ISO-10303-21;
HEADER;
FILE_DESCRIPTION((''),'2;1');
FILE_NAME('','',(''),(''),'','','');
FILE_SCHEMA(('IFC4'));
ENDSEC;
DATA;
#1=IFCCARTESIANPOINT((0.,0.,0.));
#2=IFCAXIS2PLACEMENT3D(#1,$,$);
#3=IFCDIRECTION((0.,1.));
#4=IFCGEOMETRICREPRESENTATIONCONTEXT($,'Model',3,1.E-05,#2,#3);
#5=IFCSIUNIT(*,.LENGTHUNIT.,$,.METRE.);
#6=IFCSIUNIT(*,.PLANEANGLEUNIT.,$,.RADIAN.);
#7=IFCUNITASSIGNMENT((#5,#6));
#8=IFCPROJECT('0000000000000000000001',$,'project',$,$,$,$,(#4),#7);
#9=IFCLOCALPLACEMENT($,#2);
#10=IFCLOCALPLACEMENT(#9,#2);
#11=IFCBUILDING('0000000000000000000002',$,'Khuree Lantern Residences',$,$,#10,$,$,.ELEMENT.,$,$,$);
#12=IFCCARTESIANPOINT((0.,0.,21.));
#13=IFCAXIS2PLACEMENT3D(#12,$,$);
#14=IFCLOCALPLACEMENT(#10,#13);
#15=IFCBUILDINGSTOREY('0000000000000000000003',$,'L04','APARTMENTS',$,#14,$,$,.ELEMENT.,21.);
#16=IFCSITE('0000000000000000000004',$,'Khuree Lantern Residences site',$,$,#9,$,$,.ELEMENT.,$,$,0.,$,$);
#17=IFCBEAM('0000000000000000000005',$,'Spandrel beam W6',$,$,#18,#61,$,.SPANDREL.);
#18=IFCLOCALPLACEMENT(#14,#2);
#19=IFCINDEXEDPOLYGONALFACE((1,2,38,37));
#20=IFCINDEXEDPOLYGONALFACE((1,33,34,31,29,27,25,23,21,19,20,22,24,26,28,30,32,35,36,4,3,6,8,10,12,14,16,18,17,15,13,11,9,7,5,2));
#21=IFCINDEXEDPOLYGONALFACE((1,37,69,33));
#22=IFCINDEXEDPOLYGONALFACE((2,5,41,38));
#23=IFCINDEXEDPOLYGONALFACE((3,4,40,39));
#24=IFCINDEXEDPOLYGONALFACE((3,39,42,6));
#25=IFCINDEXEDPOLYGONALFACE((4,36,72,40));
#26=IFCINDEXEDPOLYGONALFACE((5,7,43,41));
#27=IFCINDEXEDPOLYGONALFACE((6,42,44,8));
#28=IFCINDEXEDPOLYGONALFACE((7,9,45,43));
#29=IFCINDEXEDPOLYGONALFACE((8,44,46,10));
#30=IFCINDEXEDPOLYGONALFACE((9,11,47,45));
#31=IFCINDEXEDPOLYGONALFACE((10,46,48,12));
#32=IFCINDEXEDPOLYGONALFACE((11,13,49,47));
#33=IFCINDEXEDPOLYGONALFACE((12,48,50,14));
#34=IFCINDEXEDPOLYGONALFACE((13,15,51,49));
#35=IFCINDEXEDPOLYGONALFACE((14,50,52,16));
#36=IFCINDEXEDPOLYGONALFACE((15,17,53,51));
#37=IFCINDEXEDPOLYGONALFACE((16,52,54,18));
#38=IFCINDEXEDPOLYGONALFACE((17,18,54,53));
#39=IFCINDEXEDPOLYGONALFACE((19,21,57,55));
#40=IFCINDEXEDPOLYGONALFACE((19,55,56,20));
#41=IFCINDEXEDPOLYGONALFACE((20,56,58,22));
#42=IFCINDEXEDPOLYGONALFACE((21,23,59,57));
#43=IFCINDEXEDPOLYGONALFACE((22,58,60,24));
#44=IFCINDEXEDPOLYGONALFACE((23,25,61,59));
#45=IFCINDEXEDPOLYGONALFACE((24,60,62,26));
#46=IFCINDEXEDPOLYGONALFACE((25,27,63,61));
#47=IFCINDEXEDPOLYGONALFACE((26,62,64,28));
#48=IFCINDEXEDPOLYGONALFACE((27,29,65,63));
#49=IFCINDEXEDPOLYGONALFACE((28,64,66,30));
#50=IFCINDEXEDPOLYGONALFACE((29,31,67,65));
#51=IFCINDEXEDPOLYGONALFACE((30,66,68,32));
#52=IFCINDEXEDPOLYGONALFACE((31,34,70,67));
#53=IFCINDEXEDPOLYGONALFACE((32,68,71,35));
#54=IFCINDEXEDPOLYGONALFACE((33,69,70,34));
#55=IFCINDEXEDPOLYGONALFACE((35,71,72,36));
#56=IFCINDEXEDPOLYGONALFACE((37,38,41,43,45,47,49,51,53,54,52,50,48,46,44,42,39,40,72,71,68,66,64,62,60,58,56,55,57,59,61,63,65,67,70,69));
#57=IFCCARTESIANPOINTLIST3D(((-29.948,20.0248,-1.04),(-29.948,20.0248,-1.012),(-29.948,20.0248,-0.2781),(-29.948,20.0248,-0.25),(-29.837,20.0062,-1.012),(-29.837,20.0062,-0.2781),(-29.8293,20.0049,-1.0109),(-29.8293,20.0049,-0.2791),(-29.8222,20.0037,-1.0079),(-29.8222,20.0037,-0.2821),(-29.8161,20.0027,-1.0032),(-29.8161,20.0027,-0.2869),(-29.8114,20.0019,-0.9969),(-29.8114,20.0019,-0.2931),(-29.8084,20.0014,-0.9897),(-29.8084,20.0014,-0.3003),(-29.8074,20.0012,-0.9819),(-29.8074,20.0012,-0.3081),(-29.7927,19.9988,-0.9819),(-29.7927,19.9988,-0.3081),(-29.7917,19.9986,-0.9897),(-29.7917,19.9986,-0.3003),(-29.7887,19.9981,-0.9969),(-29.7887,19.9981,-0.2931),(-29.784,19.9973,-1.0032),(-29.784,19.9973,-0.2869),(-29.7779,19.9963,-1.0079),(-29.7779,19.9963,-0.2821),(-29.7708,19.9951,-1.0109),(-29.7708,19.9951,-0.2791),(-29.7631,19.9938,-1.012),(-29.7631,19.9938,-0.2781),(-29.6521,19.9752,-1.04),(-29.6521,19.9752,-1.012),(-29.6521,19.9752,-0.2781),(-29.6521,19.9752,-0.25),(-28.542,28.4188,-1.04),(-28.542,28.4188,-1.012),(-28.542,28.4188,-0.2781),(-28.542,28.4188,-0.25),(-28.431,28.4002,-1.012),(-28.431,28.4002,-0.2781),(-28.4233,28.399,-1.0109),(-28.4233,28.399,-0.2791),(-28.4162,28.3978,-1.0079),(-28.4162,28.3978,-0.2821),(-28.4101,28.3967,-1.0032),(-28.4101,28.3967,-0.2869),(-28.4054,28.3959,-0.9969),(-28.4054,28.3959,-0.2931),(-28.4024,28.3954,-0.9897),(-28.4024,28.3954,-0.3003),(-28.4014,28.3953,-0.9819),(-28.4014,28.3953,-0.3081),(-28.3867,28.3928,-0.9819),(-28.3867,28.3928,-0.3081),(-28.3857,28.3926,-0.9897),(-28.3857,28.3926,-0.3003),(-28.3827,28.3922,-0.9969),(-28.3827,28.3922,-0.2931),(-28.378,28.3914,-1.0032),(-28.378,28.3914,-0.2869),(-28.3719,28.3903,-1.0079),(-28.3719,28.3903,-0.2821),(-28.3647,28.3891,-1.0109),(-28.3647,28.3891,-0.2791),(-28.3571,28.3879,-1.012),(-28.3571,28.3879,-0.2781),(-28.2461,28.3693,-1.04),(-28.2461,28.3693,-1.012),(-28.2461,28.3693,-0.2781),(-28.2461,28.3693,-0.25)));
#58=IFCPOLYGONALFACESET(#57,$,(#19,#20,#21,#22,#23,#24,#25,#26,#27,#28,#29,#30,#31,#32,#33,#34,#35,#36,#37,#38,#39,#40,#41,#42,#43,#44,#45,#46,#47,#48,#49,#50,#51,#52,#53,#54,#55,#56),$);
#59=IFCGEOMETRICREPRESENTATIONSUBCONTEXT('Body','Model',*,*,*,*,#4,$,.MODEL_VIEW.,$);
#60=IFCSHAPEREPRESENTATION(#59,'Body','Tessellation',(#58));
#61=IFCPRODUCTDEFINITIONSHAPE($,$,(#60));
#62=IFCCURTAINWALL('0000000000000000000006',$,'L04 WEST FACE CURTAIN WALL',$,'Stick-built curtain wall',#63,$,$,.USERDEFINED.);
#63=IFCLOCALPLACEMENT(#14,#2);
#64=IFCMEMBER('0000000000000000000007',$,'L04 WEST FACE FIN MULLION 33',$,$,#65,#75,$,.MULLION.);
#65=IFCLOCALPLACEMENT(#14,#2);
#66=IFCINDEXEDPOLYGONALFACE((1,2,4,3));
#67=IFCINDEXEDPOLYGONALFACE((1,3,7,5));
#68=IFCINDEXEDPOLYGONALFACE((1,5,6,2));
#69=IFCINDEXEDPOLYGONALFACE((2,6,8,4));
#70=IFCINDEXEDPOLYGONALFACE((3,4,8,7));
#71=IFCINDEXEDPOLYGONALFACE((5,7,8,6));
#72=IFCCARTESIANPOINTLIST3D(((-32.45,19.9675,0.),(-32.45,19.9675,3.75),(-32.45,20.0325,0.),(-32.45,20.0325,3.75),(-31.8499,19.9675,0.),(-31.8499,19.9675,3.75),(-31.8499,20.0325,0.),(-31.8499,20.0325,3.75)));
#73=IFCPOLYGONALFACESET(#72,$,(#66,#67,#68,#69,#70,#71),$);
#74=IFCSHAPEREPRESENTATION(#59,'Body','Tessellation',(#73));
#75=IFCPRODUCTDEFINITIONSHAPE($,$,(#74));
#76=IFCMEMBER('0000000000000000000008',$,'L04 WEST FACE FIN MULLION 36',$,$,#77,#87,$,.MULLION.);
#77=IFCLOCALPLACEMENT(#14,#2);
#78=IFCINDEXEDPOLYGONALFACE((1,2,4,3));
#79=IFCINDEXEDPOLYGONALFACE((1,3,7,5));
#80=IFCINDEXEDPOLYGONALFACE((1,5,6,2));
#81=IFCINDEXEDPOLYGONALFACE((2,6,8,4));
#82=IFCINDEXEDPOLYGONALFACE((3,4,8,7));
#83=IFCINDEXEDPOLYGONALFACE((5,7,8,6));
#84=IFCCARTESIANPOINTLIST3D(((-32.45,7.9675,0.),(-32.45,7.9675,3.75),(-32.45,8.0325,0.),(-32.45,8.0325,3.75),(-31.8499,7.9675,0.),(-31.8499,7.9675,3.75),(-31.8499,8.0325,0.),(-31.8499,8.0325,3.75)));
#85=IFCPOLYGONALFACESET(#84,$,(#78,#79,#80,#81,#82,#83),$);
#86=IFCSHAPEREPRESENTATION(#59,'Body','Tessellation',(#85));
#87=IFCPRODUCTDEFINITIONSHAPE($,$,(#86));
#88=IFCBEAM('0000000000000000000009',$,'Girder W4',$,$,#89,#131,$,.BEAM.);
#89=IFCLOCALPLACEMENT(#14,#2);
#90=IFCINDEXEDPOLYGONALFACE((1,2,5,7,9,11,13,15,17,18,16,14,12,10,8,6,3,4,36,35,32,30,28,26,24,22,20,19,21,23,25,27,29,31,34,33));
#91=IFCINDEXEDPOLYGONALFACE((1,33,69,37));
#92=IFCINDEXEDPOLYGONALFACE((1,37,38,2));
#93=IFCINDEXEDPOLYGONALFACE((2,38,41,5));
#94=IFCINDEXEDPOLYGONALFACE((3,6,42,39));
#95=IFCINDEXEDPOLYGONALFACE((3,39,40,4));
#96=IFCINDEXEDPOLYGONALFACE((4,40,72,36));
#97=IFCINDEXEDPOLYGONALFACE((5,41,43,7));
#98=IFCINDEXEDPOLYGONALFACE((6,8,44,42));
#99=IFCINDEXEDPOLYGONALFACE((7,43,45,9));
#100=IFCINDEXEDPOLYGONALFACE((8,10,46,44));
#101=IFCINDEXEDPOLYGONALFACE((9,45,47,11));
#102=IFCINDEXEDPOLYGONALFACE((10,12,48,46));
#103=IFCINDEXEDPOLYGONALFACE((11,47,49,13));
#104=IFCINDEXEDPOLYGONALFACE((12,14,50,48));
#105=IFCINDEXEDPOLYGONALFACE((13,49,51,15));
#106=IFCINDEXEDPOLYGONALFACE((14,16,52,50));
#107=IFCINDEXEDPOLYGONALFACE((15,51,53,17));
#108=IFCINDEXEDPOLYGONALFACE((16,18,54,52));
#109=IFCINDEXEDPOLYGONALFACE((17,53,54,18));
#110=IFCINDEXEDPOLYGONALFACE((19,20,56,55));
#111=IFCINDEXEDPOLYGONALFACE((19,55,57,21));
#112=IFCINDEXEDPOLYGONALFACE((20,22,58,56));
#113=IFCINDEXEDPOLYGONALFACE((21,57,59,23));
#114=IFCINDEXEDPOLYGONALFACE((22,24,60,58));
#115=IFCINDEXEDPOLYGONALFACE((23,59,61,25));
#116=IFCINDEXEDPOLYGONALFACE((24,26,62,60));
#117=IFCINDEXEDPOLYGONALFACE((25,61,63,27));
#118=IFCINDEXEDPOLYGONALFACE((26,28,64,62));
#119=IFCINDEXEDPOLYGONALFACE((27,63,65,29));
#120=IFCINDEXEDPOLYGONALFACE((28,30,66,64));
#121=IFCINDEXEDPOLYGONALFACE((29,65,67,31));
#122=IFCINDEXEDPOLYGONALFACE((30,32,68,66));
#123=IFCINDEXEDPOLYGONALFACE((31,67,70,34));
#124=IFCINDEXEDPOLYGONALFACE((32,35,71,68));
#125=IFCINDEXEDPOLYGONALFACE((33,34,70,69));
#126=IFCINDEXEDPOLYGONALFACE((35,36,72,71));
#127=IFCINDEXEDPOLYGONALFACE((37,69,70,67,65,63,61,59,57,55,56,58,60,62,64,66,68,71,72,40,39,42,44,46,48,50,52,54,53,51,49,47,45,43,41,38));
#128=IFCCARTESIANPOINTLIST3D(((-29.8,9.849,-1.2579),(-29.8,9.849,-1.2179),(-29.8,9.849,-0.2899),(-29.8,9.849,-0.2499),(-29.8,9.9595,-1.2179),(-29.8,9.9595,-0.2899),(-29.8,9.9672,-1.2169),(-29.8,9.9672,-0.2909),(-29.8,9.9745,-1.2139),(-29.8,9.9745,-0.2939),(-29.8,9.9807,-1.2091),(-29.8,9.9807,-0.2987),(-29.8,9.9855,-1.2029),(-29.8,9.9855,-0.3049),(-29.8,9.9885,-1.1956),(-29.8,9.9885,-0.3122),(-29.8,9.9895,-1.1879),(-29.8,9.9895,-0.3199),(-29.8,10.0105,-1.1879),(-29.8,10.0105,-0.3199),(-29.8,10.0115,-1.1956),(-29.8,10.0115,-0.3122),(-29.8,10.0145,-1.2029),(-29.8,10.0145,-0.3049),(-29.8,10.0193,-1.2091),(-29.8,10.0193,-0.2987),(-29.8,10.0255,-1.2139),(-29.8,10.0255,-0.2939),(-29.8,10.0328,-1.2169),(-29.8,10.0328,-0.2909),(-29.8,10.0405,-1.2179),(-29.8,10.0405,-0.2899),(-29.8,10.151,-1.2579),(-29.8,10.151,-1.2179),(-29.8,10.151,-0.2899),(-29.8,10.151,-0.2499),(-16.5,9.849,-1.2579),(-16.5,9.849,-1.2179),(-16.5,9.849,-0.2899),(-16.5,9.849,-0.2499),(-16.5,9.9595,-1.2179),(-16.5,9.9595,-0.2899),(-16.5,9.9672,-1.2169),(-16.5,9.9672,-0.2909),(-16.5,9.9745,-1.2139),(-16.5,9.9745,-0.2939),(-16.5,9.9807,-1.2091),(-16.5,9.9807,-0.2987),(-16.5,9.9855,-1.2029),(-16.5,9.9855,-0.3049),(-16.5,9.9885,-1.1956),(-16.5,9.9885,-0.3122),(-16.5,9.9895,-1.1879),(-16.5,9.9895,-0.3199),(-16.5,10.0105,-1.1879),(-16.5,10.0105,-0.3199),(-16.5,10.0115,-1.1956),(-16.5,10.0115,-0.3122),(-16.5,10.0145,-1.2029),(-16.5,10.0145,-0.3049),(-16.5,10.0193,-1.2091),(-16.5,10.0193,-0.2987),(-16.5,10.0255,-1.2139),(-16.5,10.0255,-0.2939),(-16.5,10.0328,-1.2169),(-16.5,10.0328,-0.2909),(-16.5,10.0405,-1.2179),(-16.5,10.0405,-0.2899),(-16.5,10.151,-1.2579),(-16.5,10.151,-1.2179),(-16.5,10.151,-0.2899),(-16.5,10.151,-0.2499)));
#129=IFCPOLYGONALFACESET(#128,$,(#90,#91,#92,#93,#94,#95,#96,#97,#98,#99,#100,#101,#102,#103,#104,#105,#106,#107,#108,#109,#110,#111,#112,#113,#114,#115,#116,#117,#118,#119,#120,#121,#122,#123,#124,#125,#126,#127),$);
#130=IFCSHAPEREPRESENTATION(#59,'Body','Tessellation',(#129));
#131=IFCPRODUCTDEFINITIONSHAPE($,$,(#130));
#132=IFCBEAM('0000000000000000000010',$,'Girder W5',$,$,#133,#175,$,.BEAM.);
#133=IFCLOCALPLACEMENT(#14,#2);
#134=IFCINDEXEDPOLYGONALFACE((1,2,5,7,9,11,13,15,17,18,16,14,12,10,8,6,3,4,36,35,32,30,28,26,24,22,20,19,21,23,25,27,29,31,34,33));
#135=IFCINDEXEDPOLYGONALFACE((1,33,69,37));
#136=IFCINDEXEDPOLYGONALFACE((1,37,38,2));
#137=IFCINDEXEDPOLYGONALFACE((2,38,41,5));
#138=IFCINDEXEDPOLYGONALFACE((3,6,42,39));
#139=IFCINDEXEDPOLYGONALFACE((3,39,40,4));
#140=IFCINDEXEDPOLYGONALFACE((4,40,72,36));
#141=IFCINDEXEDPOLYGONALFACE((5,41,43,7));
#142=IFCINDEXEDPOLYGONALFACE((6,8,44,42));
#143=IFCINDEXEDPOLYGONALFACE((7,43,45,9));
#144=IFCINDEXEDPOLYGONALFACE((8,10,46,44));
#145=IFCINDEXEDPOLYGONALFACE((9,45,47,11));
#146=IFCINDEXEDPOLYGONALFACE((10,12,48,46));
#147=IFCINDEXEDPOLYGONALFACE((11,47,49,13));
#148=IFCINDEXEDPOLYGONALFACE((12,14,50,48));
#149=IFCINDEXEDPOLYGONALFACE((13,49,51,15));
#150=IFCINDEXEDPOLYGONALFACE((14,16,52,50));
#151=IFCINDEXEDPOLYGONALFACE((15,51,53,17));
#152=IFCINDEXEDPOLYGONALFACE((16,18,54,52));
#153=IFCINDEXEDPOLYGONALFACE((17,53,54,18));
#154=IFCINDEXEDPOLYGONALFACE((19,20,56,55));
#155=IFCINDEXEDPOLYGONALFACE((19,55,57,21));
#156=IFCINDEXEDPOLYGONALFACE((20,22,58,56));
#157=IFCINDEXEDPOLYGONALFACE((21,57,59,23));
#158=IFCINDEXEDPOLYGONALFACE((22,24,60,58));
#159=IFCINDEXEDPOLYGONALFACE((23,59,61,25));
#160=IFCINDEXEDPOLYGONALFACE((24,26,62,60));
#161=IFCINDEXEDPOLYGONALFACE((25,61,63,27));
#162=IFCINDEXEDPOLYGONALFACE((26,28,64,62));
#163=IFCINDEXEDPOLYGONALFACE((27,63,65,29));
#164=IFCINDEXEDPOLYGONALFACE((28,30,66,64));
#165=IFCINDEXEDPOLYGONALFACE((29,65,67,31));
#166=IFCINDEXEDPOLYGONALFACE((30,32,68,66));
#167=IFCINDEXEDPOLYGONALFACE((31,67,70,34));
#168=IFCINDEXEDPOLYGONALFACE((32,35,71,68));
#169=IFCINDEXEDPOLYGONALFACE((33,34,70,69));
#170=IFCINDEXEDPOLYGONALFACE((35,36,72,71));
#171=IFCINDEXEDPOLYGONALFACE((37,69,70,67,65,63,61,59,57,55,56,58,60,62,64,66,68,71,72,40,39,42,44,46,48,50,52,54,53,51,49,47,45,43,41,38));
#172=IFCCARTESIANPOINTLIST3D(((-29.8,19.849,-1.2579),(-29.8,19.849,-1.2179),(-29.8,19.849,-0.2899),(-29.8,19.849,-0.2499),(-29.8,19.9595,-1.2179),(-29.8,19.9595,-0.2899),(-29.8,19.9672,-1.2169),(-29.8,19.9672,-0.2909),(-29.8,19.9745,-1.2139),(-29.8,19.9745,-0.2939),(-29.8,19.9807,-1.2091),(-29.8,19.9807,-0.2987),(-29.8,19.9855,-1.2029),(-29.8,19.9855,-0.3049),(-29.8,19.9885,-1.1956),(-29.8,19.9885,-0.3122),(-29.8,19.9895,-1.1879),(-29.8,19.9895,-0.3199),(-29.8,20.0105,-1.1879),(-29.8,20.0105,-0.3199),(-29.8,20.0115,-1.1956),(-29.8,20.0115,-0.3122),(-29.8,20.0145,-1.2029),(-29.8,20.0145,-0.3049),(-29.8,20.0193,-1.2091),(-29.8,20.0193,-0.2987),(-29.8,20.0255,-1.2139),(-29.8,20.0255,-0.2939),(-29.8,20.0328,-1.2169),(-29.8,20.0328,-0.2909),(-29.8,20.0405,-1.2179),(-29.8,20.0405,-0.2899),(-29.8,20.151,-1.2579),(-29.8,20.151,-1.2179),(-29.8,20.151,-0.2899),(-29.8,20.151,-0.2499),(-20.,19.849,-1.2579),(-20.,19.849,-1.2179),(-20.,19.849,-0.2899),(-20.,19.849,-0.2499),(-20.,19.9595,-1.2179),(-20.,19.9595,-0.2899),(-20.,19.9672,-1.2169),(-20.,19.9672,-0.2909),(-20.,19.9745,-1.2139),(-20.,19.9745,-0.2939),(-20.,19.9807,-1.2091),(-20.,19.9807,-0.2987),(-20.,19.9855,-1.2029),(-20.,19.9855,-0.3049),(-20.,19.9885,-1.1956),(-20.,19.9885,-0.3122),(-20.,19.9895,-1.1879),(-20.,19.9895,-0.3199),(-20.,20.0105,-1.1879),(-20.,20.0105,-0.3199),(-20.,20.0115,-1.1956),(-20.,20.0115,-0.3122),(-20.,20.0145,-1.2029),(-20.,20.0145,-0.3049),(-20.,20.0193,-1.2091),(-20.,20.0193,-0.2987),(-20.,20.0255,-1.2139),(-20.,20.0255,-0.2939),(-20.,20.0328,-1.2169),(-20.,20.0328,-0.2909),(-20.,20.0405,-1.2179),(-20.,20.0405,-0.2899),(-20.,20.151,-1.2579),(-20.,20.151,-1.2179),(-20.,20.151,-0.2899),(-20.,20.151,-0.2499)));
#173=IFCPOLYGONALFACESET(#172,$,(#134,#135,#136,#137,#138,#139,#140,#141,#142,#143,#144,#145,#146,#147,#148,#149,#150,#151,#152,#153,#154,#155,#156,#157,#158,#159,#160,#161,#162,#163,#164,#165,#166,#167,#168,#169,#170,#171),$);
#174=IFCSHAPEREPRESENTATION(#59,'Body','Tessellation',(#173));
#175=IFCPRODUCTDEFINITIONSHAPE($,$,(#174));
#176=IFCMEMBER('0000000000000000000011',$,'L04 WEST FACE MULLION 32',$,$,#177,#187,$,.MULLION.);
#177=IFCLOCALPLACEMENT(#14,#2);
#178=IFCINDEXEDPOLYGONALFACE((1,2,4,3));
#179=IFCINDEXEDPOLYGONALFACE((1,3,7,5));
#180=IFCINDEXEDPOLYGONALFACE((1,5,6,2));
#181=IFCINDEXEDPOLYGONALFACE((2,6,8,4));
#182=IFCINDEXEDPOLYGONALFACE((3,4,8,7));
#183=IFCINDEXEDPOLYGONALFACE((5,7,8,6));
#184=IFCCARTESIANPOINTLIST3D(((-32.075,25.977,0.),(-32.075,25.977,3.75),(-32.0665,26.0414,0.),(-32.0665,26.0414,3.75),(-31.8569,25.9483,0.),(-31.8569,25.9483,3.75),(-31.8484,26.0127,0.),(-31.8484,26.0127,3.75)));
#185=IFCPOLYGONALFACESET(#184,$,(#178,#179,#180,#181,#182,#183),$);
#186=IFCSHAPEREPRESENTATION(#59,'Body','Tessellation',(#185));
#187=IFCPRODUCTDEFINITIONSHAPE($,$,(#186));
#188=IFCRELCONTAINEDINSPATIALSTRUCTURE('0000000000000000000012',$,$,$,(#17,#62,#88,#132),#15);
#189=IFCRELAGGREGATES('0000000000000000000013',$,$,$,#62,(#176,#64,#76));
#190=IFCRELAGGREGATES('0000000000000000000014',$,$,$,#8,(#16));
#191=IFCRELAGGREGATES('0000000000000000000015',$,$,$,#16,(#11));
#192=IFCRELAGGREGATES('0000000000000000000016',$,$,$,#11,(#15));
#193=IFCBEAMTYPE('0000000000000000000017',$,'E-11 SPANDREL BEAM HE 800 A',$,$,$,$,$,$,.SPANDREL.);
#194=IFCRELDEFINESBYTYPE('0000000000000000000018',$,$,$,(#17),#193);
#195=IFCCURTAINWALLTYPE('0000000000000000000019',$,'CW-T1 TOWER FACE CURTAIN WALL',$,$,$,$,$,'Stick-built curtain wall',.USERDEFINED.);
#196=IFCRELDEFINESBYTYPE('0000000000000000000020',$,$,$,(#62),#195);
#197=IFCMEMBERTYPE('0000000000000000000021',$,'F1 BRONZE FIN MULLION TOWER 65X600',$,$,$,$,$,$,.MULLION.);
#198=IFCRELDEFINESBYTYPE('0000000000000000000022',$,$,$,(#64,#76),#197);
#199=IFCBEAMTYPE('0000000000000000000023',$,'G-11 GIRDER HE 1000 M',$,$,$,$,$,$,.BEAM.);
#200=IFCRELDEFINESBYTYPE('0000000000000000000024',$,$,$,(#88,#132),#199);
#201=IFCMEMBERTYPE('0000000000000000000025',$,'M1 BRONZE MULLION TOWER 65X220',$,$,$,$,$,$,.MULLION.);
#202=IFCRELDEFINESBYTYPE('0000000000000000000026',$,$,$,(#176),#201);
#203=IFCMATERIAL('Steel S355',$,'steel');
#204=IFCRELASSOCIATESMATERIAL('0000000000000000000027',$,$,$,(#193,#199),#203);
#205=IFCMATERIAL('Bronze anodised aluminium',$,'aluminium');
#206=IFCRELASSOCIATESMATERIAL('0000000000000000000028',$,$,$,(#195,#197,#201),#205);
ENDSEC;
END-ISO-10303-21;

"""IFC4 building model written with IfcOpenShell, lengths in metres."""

from ifc_helpers import new_model, si_unit, direction, frame, origin, origin_2d, place, context, subcontext, project, spatial, rectangle, i_section, extrude, material, material_profile, profile_set, type_object, element, aggregate, save


model = new_model("IFC4")

# Units and contexts
model_context = context("Model", 3, precision=1e-05, world=origin(), true_north=direction((0.0, 1.0)))
body_context = subcontext(model_context, "Body", "Model", "MODEL_VIEW")
ifc_project = project(units=[si_unit("LENGTHUNIT", "METRE"), si_unit("PLANEANGLEUNIT", "RADIAN")], contexts=[model_context])

# Site, building, storey
site_placement = place(None, origin())
site = spatial("IfcSite", under=ifc_project, at=site_placement, Name="Khuree Lantern Residences site", CompositionType="ELEMENT", RefElevation=0.0)
building_placement = place(site_placement, origin())
building = spatial("IfcBuilding", under=site, at=building_placement, Name="Khuree Lantern Residences", CompositionType="ELEMENT")
storey_placement = place(building_placement, frame((0.0, 0.0, 21.0)))
storey = spatial("IfcBuildingStorey", under=building, at=storey_placement, Name="L04", Description="APARTMENTS", CompositionType="ELEMENT", Elevation=21.0)

# Beam
ifc_material_1 = material(Name="Steel S355", Category="steel")
ifc_material_profile_1 = material_profile(ifc_material_1, i_section(OverallWidth=0.3, OverallDepth=0.79, WebThickness=0.0149, FlangeThickness=0.0281, FilletRadius=0.03, at=origin_2d()), Name="HE 800 A")
ifc_profile_set_1 = profile_set([ifc_material_profile_1], Name="Steel S355")
beam_type_1 = type_object("IfcBeamType", Name="E-11 SPANDREL BEAM HE 800 A", PredefinedType="SPANDREL", material=ifc_profile_set_1)
beam_1_placement = place(storey_placement, frame((-29.8, 20.0, -0.645), z_axis=(0.165199, 0.98626, 0.0), x_axis=(-0.98626, 0.165199, 0.0)))
element("IfcBeam", 1, at=beam_1_placement, inside=storey, type_object=beam_type_1, Name="Spandrel beam W6", PredefinedType="SPANDREL", context=body_context, shape_type="SweptSolid", body=[
    extrude(i_section(OverallWidth=0.3, OverallDepth=0.79, WebThickness=0.0149, FlangeThickness=0.0281, FilletRadius=0.03, at=origin_2d()), origin(), (0.0, 0.0, 1.0), 8.511),
])

# Curtain wall, members
ifc_material_2 = material(Name="Bronze anodised aluminium", Category="aluminium")
curtain_wall_type = type_object("IfcCurtainWallType", Name="CW-T1 TOWER FACE CURTAIN WALL", ElementType="Stick-built curtain wall", PredefinedType="USERDEFINED", material=ifc_material_2)
curtain_wall_placement = place(storey_placement, origin())
curtain_wall = element("IfcCurtainWall", 2, at=curtain_wall_placement, inside=storey, type_object=curtain_wall_type, Name="L04 WEST FACE CURTAIN WALL", ObjectType="Stick-built curtain wall", PredefinedType="USERDEFINED")
ifc_material_profile_2 = material_profile(ifc_material_2, rectangle(XDim=0.0649, YDim=0.6001, at=origin_2d()), Name="F1 65X600")
ifc_profile_set_2 = profile_set([ifc_material_profile_2], Name="Bronze anodised aluminium")
member_type_1 = type_object("IfcMemberType", Name="F1 BRONZE FIN MULLION TOWER 65X600", PredefinedType="MULLION", material=ifc_profile_set_2)
member_1_placement = place(storey_placement, frame((-32.1499, 20.0, 0.0), z_axis=(0.0, 0.0, 1.0), x_axis=(0.0, -1.0, 0.0)))
member_1 = element("IfcMember", 3, at=member_1_placement, type_object=member_type_1, Name="L04 WEST FACE FIN MULLION 33", PredefinedType="MULLION", context=body_context, shape_type="SweptSolid", body=[
    extrude(rectangle(XDim=0.0649, YDim=0.6001, at=origin_2d()), origin(), (0.0, 0.0, 1.0), 3.75),
])
member_2_placement = place(storey_placement, frame((-32.1499, 8.0, 0.0), z_axis=(0.0, 0.0, 1.0), x_axis=(0.0, -1.0, 0.0)))
member_2 = element("IfcMember", 4, at=member_2_placement, type_object=member_type_1, Name="L04 WEST FACE FIN MULLION 36", PredefinedType="MULLION", context=body_context, shape_type="SweptSolid", body=[
    extrude(rectangle(XDim=0.0649, YDim=0.6001, at=origin_2d()), origin(), (0.0, 0.0, 1.0), 3.75),
])

# Beams
ifc_material_profile_3 = material_profile(ifc_material_1, i_section(OverallWidth=0.302, OverallDepth=1.0081, WebThickness=0.021, FlangeThickness=0.04, FilletRadius=0.03, at=origin_2d()), Name="HE 1000 M")
ifc_profile_set_3 = profile_set([ifc_material_profile_3], Name="Steel S355")
beam_type_2 = type_object("IfcBeamType", Name="G-11 GIRDER HE 1000 M", PredefinedType="BEAM", material=ifc_profile_set_3)
beam_2_placement = place(storey_placement, frame((-29.8, 10.0, -0.7539), z_axis=(1.0, 0.0, 0.0), x_axis=(0.0, 1.0, 0.0)))
element("IfcBeam", 5, at=beam_2_placement, inside=storey, type_object=beam_type_2, Name="Girder W4", PredefinedType="BEAM", context=body_context, shape_type="SweptSolid", body=[
    extrude(i_section(OverallWidth=0.302, OverallDepth=1.0081, WebThickness=0.021, FlangeThickness=0.04, FilletRadius=0.03, at=origin_2d()), origin(), (0.0, 0.0, 1.0), 13.3),
])
beam_3_placement = place(storey_placement, frame((-29.8, 20.0, -0.7539), z_axis=(1.0, 0.0, 0.0), x_axis=(0.0, 1.0, 0.0)))
element("IfcBeam", 6, at=beam_3_placement, inside=storey, type_object=beam_type_2, Name="Girder W5", PredefinedType="BEAM", context=body_context, shape_type="SweptSolid", body=[
    extrude(i_section(OverallWidth=0.302, OverallDepth=1.0081, WebThickness=0.021, FlangeThickness=0.04, FilletRadius=0.03, at=origin_2d()), origin(), (0.0, 0.0, 1.0), 9.8),
])

# Member
ifc_material_profile_4 = material_profile(ifc_material_2, rectangle(XDim=0.0649, YDim=0.22, at=origin_2d()), Name="M1 65X220")
ifc_profile_set_4 = profile_set([ifc_material_profile_4], Name="Bronze anodised aluminium")
member_type_2 = type_object("IfcMemberType", Name="M1 BRONZE MULLION TOWER 65X220", PredefinedType="MULLION", material=ifc_profile_set_4)
member_3_placement = place(storey_placement, frame((-31.9617, 25.9949, 0.0), z_axis=(0.0, 0.0, 1.0), x_axis=(-0.130526, -0.991445, 0.0)))
member_3 = element("IfcMember", 7, at=member_3_placement, type_object=member_type_2, Name="L04 WEST FACE MULLION 32", PredefinedType="MULLION", context=body_context, shape_type="SweptSolid", body=[
    extrude(rectangle(XDim=0.0649, YDim=0.22, at=origin_2d()), origin(), (0.0, 0.0, 1.0), 3.75),
])

aggregate(curtain_wall, [member_3, member_1, member_2])

save(model, "model.ifc")
